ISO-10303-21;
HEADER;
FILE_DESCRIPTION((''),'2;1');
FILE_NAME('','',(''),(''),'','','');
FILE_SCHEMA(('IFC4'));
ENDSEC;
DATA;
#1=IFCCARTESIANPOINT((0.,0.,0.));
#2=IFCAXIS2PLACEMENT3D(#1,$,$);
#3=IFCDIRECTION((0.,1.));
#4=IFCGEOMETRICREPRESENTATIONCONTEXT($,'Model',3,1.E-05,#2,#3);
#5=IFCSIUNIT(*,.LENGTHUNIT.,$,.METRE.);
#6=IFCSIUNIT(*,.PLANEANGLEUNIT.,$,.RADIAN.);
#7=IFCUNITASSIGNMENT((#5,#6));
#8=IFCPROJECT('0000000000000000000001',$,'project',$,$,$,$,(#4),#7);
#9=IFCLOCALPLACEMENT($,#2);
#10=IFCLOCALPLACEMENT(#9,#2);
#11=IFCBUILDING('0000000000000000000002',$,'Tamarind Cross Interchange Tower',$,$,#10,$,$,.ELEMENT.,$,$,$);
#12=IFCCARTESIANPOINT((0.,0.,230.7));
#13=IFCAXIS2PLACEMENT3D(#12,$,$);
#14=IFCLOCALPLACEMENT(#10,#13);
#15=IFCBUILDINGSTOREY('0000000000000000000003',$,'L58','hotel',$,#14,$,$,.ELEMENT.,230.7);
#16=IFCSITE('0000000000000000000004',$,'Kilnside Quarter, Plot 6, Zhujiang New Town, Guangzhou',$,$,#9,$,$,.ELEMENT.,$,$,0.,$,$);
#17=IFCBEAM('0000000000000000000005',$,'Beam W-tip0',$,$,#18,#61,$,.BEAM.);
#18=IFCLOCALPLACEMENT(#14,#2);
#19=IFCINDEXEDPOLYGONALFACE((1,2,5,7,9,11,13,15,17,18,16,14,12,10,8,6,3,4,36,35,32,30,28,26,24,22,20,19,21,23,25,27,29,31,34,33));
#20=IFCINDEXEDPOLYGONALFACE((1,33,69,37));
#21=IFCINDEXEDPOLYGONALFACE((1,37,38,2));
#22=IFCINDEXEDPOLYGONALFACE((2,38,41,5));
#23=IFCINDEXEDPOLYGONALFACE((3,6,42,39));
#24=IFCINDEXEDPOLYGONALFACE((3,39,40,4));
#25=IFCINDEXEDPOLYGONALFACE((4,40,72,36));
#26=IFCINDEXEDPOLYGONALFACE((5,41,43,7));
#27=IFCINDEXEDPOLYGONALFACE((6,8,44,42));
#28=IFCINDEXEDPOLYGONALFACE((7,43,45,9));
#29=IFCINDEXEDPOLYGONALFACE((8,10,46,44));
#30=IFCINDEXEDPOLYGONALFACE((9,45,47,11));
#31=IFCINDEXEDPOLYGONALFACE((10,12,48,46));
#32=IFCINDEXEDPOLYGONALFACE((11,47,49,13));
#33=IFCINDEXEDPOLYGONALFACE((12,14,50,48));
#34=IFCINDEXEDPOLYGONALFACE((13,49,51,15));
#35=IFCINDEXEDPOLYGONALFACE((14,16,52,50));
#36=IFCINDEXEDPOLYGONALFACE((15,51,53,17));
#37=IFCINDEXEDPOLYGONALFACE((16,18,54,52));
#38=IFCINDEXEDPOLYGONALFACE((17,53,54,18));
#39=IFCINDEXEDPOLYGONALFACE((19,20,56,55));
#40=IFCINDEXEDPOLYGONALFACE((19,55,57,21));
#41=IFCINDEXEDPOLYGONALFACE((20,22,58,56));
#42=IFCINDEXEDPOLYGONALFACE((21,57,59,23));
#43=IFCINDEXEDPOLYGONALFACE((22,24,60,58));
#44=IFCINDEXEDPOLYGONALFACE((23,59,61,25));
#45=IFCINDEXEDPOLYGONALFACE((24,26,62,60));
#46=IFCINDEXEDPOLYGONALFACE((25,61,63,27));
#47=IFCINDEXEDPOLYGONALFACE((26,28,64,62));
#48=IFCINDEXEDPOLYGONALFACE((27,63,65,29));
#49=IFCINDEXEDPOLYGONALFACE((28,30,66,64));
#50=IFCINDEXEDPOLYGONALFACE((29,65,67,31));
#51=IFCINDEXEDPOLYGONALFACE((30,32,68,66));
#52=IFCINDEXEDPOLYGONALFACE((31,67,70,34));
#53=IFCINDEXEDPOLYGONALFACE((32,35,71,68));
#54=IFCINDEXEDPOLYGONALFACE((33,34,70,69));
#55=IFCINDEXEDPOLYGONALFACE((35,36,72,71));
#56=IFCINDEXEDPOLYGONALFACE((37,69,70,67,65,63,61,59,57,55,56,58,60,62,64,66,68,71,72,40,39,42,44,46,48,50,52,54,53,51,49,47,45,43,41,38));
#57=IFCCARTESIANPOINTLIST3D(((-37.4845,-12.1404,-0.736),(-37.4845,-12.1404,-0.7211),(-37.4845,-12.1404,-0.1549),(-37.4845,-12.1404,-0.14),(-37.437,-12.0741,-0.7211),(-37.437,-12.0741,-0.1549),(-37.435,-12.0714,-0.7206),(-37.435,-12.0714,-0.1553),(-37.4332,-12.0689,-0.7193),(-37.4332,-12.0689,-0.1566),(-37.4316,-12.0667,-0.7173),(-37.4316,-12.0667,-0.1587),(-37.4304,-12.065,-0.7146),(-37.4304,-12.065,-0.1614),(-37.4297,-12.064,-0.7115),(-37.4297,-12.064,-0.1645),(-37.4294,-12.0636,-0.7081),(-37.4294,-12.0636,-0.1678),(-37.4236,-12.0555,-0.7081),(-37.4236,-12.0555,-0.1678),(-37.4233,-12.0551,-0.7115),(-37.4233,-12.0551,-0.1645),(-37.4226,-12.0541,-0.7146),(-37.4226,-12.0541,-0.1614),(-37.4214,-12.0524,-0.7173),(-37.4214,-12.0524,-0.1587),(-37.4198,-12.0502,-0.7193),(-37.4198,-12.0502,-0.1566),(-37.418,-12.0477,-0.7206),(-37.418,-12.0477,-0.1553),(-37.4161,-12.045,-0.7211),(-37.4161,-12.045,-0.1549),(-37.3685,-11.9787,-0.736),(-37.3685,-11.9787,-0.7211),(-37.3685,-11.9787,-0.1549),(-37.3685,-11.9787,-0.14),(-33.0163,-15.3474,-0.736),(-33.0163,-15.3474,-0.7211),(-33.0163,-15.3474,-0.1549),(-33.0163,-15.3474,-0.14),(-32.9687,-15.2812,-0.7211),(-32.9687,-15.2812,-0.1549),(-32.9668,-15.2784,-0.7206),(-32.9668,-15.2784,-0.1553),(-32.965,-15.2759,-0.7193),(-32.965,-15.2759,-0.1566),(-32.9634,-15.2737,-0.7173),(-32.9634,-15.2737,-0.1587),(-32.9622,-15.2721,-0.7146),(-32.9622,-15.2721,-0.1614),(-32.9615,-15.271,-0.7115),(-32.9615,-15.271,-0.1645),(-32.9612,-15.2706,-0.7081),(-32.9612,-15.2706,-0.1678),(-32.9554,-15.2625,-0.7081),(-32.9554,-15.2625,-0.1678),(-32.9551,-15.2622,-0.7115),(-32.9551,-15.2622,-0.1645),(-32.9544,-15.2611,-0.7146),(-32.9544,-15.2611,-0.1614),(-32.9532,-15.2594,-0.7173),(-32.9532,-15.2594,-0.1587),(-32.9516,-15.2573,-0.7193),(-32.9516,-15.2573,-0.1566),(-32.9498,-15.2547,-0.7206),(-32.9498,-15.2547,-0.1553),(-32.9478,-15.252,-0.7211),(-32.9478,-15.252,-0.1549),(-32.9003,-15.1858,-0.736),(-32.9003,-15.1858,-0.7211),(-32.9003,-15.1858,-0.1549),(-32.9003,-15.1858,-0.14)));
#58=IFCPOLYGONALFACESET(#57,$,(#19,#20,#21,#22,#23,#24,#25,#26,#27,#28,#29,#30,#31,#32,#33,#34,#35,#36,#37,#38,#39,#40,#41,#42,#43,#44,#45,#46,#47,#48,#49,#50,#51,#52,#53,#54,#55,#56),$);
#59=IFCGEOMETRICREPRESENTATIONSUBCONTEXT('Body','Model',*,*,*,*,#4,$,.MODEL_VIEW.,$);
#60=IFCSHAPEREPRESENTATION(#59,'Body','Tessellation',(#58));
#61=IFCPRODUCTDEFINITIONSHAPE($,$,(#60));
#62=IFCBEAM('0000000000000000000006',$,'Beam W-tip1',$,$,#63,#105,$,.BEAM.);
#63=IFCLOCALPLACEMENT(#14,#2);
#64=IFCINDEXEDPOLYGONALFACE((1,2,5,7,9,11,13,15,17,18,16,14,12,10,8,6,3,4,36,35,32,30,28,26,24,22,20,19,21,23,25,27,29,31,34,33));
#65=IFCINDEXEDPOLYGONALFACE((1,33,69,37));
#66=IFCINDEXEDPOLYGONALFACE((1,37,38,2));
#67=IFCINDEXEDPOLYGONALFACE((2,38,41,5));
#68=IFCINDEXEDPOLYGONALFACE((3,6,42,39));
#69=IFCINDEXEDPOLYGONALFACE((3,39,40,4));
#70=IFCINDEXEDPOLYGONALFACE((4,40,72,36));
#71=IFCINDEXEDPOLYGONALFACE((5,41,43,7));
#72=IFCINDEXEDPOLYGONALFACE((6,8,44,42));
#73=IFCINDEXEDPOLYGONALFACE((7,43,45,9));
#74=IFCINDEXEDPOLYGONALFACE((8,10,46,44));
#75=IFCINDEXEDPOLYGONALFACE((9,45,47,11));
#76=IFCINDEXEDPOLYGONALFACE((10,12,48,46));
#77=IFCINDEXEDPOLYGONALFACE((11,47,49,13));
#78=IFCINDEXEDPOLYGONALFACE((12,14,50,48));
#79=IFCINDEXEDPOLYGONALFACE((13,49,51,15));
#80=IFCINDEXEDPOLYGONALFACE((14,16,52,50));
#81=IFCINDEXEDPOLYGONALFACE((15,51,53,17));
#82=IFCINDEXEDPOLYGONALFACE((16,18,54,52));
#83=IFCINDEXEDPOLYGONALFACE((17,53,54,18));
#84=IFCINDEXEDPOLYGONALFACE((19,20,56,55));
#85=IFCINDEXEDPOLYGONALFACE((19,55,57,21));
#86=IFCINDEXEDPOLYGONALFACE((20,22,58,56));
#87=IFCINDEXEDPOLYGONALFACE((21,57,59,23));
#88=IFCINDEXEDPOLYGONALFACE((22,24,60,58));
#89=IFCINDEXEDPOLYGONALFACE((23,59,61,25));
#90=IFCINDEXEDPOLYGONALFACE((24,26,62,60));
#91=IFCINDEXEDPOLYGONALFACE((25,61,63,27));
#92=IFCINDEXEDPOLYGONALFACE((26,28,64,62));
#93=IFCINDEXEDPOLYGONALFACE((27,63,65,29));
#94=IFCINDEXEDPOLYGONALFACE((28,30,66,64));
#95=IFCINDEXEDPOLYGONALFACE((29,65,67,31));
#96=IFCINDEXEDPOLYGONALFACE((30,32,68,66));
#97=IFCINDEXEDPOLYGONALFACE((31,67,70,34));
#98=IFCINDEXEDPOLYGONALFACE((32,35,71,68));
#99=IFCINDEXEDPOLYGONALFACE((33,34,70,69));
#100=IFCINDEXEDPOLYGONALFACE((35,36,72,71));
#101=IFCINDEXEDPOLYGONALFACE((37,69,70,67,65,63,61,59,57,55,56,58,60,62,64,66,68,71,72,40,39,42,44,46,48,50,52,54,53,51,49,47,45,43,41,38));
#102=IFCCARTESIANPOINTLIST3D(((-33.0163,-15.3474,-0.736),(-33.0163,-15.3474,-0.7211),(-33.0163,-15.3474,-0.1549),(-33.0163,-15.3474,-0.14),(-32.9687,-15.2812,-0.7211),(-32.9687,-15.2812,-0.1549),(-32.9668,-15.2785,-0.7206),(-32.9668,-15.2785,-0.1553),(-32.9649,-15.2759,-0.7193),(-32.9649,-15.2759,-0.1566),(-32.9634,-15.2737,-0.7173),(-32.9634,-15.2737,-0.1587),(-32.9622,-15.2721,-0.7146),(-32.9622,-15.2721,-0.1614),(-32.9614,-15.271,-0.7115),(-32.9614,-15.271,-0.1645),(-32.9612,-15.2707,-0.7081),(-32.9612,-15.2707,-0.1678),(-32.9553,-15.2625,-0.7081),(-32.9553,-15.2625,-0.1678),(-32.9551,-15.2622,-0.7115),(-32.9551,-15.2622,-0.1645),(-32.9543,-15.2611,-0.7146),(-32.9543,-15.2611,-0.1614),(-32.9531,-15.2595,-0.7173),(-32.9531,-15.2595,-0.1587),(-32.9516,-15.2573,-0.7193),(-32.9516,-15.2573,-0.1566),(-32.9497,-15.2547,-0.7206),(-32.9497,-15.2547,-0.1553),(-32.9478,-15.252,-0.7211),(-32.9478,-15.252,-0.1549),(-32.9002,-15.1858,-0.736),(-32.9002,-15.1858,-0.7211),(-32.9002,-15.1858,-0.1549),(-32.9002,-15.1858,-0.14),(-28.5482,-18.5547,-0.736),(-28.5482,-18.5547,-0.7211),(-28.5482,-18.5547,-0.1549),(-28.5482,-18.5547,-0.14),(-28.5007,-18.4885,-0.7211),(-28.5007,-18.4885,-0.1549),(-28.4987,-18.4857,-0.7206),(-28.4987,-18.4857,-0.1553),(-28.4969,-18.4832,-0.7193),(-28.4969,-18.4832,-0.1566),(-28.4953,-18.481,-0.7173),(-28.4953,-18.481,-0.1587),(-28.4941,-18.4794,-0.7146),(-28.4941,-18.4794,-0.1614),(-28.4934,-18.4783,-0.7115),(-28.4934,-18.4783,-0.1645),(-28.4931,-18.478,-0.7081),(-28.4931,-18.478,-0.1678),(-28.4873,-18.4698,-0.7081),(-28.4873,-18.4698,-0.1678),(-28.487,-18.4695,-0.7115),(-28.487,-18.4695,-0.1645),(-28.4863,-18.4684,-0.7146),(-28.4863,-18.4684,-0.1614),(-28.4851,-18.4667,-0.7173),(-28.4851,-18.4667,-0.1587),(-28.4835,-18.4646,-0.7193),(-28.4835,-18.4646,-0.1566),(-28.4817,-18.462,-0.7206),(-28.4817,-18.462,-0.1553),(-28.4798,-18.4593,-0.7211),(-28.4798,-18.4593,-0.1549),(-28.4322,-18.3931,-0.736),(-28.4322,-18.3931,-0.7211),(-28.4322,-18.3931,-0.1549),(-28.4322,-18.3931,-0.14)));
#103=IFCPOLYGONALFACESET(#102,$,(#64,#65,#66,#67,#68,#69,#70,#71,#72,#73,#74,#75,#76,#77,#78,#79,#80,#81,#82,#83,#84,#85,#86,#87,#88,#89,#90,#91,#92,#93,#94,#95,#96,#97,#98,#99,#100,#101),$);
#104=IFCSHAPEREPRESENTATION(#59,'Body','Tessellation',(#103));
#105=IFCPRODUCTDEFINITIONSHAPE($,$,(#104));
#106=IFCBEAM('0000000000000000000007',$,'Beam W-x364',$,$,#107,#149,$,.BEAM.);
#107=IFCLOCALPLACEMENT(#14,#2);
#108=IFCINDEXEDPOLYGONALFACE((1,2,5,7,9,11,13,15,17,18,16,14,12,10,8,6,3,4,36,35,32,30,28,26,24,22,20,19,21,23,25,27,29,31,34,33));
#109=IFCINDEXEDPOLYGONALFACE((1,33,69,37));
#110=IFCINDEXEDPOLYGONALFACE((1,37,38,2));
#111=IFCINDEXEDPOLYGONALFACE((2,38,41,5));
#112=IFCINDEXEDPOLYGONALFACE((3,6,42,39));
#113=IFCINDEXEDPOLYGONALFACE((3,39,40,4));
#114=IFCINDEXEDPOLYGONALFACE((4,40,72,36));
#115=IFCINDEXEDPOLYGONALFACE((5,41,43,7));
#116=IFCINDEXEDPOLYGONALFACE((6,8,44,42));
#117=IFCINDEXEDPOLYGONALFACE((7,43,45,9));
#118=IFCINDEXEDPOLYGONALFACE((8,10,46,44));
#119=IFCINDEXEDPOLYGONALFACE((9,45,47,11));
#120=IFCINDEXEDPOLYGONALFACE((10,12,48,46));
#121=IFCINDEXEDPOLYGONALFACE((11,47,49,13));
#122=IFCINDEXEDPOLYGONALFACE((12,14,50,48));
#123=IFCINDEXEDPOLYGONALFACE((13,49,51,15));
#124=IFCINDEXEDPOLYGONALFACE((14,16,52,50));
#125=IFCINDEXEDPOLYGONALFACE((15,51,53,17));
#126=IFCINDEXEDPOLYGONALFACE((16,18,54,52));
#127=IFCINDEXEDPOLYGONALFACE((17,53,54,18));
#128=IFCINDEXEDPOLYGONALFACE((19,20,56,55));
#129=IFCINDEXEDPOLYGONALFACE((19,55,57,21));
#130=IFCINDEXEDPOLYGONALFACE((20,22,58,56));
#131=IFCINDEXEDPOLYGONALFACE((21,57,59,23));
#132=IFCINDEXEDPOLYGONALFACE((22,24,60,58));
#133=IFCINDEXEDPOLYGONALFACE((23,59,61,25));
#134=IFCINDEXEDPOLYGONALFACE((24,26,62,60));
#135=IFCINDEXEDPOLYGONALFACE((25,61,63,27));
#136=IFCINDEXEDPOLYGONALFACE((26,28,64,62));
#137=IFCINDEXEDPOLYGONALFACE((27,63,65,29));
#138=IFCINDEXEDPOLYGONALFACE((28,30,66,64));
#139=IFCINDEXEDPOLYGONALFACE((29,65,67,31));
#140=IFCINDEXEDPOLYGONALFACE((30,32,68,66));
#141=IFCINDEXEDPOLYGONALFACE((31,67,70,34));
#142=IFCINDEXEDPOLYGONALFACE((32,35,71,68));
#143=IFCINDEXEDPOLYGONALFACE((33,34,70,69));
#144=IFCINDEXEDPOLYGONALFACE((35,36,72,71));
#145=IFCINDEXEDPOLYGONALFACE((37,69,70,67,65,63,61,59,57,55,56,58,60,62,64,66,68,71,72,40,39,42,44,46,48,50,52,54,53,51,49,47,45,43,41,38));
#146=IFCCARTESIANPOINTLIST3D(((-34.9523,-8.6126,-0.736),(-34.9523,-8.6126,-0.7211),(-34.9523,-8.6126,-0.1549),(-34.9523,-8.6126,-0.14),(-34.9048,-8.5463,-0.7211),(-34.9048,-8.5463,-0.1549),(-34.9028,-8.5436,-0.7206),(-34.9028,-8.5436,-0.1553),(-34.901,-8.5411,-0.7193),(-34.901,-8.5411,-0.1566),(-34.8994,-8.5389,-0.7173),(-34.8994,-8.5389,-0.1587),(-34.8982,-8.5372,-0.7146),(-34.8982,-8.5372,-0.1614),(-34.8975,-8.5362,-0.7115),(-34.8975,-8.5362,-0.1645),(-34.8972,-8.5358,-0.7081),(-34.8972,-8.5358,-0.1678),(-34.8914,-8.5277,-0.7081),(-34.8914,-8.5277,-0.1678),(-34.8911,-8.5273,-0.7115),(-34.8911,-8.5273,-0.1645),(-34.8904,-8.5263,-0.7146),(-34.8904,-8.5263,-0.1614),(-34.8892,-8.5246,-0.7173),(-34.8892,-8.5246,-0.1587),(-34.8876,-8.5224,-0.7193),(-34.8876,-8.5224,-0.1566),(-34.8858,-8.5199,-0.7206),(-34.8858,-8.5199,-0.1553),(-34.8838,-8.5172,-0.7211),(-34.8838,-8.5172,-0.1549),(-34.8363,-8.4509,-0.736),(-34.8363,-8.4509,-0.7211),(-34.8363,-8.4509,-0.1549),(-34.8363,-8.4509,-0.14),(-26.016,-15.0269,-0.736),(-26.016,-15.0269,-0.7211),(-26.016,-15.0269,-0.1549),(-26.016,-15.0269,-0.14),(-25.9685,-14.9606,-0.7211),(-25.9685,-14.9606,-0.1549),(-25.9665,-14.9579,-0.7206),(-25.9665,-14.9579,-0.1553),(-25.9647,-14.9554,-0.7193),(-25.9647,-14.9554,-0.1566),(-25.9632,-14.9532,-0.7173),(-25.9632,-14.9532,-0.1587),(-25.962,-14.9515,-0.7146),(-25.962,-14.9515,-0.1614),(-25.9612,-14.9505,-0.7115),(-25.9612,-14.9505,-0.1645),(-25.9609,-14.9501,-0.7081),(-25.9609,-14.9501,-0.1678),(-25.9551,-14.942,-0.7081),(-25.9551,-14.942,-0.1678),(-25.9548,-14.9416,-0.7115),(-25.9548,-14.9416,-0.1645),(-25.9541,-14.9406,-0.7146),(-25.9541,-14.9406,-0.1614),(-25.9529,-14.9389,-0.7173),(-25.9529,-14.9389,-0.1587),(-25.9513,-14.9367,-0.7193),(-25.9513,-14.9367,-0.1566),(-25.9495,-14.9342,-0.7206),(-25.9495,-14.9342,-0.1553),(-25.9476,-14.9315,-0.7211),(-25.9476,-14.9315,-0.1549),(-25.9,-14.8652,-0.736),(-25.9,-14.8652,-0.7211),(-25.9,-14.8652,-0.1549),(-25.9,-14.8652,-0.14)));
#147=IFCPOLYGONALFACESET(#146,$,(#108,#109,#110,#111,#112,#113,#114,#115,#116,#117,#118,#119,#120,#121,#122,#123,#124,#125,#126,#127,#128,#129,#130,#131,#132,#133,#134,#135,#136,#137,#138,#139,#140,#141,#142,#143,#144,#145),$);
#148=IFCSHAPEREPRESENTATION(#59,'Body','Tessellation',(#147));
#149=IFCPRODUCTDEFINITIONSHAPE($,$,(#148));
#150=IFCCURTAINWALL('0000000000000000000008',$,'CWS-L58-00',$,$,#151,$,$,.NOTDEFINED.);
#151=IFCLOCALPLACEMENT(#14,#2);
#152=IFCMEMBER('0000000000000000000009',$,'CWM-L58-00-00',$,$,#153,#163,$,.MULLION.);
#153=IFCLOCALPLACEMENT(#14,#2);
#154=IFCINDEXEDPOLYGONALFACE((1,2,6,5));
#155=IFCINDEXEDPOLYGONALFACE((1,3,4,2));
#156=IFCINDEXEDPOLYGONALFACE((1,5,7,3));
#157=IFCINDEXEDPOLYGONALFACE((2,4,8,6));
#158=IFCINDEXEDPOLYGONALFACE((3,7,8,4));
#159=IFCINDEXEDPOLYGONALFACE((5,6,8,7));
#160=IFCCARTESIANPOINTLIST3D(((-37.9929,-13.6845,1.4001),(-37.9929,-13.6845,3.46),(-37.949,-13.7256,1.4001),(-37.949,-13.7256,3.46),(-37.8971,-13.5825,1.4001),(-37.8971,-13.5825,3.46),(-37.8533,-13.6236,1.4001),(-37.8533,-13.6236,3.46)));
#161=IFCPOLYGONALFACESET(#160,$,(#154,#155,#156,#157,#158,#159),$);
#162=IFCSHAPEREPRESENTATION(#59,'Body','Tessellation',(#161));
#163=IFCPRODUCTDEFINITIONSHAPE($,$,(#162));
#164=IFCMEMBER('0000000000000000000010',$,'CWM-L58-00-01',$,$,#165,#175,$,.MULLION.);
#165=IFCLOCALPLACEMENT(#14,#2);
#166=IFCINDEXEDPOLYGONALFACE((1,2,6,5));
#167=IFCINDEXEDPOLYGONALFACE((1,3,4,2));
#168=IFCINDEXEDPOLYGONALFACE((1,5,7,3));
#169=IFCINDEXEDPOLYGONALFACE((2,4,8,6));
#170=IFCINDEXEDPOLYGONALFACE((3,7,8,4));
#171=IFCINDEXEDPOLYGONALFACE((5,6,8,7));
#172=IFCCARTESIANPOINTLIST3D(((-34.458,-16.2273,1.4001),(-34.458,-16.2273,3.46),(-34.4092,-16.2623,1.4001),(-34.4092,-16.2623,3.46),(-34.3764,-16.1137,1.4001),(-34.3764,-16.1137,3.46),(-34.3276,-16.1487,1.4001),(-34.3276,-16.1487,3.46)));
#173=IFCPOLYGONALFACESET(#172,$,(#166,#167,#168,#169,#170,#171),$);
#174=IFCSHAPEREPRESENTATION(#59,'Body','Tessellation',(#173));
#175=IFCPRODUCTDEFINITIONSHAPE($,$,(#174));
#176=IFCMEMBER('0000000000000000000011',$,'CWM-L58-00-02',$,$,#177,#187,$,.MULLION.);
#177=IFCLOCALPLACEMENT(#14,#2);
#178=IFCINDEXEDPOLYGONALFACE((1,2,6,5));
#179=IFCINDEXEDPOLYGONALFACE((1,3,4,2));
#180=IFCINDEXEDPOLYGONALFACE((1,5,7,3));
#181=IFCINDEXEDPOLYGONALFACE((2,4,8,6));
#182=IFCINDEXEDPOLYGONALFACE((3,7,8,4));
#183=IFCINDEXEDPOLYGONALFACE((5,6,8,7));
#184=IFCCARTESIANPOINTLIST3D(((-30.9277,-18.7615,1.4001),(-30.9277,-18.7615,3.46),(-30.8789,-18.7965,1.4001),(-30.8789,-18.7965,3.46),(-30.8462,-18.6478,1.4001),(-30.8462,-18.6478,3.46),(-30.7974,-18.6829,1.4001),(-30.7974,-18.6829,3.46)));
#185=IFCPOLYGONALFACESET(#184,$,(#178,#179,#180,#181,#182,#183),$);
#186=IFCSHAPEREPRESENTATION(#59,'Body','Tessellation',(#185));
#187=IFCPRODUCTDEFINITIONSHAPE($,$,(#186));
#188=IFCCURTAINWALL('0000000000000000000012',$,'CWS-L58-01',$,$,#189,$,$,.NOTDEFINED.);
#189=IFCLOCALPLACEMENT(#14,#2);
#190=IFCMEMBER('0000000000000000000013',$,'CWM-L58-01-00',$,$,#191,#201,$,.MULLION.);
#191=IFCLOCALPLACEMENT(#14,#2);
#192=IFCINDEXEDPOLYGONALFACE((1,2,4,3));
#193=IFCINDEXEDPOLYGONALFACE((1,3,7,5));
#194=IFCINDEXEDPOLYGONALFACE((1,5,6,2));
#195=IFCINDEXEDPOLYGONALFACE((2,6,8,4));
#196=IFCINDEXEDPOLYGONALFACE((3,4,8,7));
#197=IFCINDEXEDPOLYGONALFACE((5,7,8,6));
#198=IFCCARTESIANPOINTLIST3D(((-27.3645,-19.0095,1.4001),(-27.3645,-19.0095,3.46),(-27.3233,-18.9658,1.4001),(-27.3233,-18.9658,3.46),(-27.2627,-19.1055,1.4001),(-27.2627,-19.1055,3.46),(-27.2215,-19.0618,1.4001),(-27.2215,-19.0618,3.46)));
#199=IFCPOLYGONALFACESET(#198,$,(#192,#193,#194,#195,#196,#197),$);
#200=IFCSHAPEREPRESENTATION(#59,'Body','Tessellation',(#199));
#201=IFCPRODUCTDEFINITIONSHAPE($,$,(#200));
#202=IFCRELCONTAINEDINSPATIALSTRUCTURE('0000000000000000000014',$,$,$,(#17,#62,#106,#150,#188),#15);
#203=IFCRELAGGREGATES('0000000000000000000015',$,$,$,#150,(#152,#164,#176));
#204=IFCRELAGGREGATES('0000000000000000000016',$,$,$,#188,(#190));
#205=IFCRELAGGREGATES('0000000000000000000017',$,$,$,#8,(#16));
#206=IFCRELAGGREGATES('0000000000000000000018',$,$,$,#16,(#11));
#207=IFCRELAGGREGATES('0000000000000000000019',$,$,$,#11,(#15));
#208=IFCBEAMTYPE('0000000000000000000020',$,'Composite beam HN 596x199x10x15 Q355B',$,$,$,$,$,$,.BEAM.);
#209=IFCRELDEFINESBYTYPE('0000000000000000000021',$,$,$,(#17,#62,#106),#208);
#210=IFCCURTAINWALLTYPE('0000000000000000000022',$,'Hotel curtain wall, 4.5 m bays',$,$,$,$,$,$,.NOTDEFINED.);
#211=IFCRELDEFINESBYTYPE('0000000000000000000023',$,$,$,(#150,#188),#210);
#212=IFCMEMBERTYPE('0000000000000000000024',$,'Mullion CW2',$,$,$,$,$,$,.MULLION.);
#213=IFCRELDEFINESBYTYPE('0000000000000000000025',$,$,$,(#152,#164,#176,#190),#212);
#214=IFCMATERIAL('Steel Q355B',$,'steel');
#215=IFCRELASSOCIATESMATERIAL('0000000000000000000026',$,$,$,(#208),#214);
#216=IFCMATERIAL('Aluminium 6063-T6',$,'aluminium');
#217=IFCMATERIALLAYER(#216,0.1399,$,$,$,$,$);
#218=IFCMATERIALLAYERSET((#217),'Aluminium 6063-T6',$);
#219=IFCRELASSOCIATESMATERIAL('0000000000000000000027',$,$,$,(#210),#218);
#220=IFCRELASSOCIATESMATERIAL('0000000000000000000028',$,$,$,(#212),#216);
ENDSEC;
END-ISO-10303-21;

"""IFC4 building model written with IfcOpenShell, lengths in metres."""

from ifc_helpers import new_model, si_unit, direction, frame, origin, origin_2d, place, context, subcontext, project, spatial, rectangle, i_section, extrude, material, layer, layer_set, material_profile, profile_set, type_object, element, aggregate, save


model = new_model("IFC4")

# Units and contexts
model_context = context("Model", 3, precision=1e-05, world=origin(), true_north=direction((0.0, 1.0)))
body_context = subcontext(model_context, "Body", "Model", "MODEL_VIEW")
ifc_project = project(units=[si_unit("LENGTHUNIT", "METRE"), si_unit("PLANEANGLEUNIT", "RADIAN")], contexts=[model_context])

# Site, building, storey
site_placement = place(None, origin())
site = spatial("IfcSite", under=ifc_project, at=site_placement, Name="Kilnside Quarter, Plot 6, Zhujiang New Town, Guangzhou", CompositionType="ELEMENT", RefElevation=0.0)
building_placement = place(site_placement, origin())
building = spatial("IfcBuilding", under=site, at=building_placement, Name="Tamarind Cross Interchange Tower", CompositionType="ELEMENT")
storey_placement = place(building_placement, frame((0.0, 0.0, 230.7)))
storey = spatial("IfcBuildingStorey", under=building, at=storey_placement, Name="L58", Description="hotel", CompositionType="ELEMENT", Elevation=230.7)

# Beams
ifc_material_1 = material(Name="Steel Q355B", Category="steel")
ifc_material_profile_1 = material_profile(ifc_material_1, i_section(OverallWidth=0.199, OverallDepth=0.5959, WebThickness=0.01, FlangeThickness=0.0149, FilletRadius=0.0129, at=origin_2d()), Name="HN 596x199x10x15")
ifc_profile_set_1 = profile_set([ifc_material_profile_1], Name="Steel Q355B")
beam_type_1 = type_object("IfcBeamType", Name="Composite beam HN 596x199x10x15 Q355B", PredefinedType="BEAM", material=ifc_profile_set_1)
for number, where, z_axis, x_axis, name in (
    (1, (-37.4265, -12.0596, -0.438), (0.812406, -0.583093, 0.0), (0.583093, 0.812406, 0.0), "Beam W-tip0"),
    (2, (-32.9583, -15.2666, -0.438), (0.81237, -0.583143, 0.0), (0.583143, 0.81237, 0.0), "Beam W-tip1"),
):
    element("IfcBeam", number, at=place(storey_placement, frame(where, z_axis=z_axis, x_axis=x_axis)), inside=storey, type_object=beam_type_1, Name=name, PredefinedType="BEAM", context=body_context, shape_type="SweptSolid", body=[
        extrude(i_section(OverallWidth=0.199, OverallDepth=0.5959, WebThickness=0.01, FlangeThickness=0.0149, FilletRadius=0.0129, at=origin_2d()), origin(), (0.0, 0.0, 1.0), 5.5),
    ])
beam_1_placement = place(storey_placement, frame((-34.8943, -8.5317, -0.438), z_axis=(0.812388, -0.583118, 0.0), x_axis=(0.583118, 0.812388, 0.0)))
element("IfcBeam", 3, at=beam_1_placement, inside=storey, type_object=beam_type_1, Name="Beam W-x364", PredefinedType="BEAM", context=body_context, shape_type="SweptSolid", body=[
    extrude(i_section(OverallWidth=0.199, OverallDepth=0.5959, WebThickness=0.01, FlangeThickness=0.0149, FilletRadius=0.0129, at=origin_2d()), origin(), (0.0, 0.0, 1.0), 11.0),
])

# Curtain walls, members
ifc_material_2 = material(Name="Aluminium 6063-T6", Category="aluminium")
ifc_layer_1 = layer(ifc_material_2, 0.1399)
ifc_layer_set_1 = layer_set([ifc_layer_1], Name="Aluminium 6063-T6")
curtain_wall_type = type_object("IfcCurtainWallType", Name="Hotel curtain wall, 4.5 m bays", PredefinedType="NOTDEFINED", material=ifc_layer_set_1)
curtain_wall_1_placement = place(storey_placement, origin())
curtain_wall_1 = element("IfcCurtainWall", 4, at=curtain_wall_1_placement, inside=storey, type_object=curtain_wall_type, Name="CWS-L58-00", PredefinedType="NOTDEFINED")
ifc_material_profile_2 = material_profile(ifc_material_2, rectangle(XDim=0.0601, YDim=0.1399, at=origin_2d()), Name="Mullion CW2")
ifc_profile_set_2 = profile_set([ifc_material_profile_2], Name="Aluminium 6063-T6")
member_type = type_object("IfcMemberType", Name="Mullion CW2", PredefinedType="MULLION", material=ifc_profile_set_2)
member_1_placement = place(storey_placement, frame((-37.9231, -13.6541, 1.4001), z_axis=(0.0, 0.0, 1.0), x_axis=(0.729322, -0.68417, 0.0)))
member_1 = element("IfcMember", 5, at=member_1_placement, type_object=member_type, Name="CWM-L58-00-00", PredefinedType="MULLION", context=body_context, shape_type="SweptSolid", body=[
    extrude(rectangle(XDim=0.0601, YDim=0.1399, at=origin_2d()), origin(), (0.0, 0.0, 1.0), 2.0598),
])
member_2_placement = place(storey_placement, frame((-34.3928, -16.188, 1.4001), z_axis=(0.0, 0.0, 1.0), x_axis=(0.812385, -0.583122, 0.0)))
member_2 = element("IfcMember", 6, at=member_2_placement, type_object=member_type, Name="CWM-L58-00-01", PredefinedType="MULLION", context=body_context, shape_type="SweptSolid", body=[
    extrude(rectangle(XDim=0.0601, YDim=0.1399, at=origin_2d()), origin(), (0.0, 0.0, 1.0), 2.0598),
])
member_3_placement = place(storey_placement, frame((-30.8625, -18.7222, 1.4001), z_axis=(0.0, 0.0, 1.0), x_axis=(0.812385, -0.583122, 0.0)))
member_3 = element("IfcMember", 7, at=member_3_placement, type_object=member_type, Name="CWM-L58-00-02", PredefinedType="MULLION", context=body_context, shape_type="SweptSolid", body=[
    extrude(rectangle(XDim=0.0601, YDim=0.1399, at=origin_2d()), origin(), (0.0, 0.0, 1.0), 2.0598),
])
aggregate(curtain_wall_1, [member_1, member_2, member_3])
curtain_wall_2_placement = place(storey_placement, origin())
curtain_wall_2 = element("IfcCurtainWall", 8, at=curtain_wall_2_placement, inside=storey, type_object=curtain_wall_type, Name="CWS-L58-01", PredefinedType="NOTDEFINED")
member_4_placement = place(storey_placement, frame((-27.293, -19.0356, 1.4001), z_axis=(0.0, 0.0, 1.0), x_axis=(0.685955, 0.727644, 0.0)))
member_4 = element("IfcMember", 9, at=member_4_placement, type_object=member_type, Name="CWM-L58-01-00", PredefinedType="MULLION", context=body_context, shape_type="SweptSolid", body=[
    extrude(rectangle(XDim=0.0601, YDim=0.1399, at=origin_2d()), origin(), (0.0, 0.0, 1.0), 2.0598),
])
aggregate(curtain_wall_2, [member_4])

save(model, "model.ifc")
